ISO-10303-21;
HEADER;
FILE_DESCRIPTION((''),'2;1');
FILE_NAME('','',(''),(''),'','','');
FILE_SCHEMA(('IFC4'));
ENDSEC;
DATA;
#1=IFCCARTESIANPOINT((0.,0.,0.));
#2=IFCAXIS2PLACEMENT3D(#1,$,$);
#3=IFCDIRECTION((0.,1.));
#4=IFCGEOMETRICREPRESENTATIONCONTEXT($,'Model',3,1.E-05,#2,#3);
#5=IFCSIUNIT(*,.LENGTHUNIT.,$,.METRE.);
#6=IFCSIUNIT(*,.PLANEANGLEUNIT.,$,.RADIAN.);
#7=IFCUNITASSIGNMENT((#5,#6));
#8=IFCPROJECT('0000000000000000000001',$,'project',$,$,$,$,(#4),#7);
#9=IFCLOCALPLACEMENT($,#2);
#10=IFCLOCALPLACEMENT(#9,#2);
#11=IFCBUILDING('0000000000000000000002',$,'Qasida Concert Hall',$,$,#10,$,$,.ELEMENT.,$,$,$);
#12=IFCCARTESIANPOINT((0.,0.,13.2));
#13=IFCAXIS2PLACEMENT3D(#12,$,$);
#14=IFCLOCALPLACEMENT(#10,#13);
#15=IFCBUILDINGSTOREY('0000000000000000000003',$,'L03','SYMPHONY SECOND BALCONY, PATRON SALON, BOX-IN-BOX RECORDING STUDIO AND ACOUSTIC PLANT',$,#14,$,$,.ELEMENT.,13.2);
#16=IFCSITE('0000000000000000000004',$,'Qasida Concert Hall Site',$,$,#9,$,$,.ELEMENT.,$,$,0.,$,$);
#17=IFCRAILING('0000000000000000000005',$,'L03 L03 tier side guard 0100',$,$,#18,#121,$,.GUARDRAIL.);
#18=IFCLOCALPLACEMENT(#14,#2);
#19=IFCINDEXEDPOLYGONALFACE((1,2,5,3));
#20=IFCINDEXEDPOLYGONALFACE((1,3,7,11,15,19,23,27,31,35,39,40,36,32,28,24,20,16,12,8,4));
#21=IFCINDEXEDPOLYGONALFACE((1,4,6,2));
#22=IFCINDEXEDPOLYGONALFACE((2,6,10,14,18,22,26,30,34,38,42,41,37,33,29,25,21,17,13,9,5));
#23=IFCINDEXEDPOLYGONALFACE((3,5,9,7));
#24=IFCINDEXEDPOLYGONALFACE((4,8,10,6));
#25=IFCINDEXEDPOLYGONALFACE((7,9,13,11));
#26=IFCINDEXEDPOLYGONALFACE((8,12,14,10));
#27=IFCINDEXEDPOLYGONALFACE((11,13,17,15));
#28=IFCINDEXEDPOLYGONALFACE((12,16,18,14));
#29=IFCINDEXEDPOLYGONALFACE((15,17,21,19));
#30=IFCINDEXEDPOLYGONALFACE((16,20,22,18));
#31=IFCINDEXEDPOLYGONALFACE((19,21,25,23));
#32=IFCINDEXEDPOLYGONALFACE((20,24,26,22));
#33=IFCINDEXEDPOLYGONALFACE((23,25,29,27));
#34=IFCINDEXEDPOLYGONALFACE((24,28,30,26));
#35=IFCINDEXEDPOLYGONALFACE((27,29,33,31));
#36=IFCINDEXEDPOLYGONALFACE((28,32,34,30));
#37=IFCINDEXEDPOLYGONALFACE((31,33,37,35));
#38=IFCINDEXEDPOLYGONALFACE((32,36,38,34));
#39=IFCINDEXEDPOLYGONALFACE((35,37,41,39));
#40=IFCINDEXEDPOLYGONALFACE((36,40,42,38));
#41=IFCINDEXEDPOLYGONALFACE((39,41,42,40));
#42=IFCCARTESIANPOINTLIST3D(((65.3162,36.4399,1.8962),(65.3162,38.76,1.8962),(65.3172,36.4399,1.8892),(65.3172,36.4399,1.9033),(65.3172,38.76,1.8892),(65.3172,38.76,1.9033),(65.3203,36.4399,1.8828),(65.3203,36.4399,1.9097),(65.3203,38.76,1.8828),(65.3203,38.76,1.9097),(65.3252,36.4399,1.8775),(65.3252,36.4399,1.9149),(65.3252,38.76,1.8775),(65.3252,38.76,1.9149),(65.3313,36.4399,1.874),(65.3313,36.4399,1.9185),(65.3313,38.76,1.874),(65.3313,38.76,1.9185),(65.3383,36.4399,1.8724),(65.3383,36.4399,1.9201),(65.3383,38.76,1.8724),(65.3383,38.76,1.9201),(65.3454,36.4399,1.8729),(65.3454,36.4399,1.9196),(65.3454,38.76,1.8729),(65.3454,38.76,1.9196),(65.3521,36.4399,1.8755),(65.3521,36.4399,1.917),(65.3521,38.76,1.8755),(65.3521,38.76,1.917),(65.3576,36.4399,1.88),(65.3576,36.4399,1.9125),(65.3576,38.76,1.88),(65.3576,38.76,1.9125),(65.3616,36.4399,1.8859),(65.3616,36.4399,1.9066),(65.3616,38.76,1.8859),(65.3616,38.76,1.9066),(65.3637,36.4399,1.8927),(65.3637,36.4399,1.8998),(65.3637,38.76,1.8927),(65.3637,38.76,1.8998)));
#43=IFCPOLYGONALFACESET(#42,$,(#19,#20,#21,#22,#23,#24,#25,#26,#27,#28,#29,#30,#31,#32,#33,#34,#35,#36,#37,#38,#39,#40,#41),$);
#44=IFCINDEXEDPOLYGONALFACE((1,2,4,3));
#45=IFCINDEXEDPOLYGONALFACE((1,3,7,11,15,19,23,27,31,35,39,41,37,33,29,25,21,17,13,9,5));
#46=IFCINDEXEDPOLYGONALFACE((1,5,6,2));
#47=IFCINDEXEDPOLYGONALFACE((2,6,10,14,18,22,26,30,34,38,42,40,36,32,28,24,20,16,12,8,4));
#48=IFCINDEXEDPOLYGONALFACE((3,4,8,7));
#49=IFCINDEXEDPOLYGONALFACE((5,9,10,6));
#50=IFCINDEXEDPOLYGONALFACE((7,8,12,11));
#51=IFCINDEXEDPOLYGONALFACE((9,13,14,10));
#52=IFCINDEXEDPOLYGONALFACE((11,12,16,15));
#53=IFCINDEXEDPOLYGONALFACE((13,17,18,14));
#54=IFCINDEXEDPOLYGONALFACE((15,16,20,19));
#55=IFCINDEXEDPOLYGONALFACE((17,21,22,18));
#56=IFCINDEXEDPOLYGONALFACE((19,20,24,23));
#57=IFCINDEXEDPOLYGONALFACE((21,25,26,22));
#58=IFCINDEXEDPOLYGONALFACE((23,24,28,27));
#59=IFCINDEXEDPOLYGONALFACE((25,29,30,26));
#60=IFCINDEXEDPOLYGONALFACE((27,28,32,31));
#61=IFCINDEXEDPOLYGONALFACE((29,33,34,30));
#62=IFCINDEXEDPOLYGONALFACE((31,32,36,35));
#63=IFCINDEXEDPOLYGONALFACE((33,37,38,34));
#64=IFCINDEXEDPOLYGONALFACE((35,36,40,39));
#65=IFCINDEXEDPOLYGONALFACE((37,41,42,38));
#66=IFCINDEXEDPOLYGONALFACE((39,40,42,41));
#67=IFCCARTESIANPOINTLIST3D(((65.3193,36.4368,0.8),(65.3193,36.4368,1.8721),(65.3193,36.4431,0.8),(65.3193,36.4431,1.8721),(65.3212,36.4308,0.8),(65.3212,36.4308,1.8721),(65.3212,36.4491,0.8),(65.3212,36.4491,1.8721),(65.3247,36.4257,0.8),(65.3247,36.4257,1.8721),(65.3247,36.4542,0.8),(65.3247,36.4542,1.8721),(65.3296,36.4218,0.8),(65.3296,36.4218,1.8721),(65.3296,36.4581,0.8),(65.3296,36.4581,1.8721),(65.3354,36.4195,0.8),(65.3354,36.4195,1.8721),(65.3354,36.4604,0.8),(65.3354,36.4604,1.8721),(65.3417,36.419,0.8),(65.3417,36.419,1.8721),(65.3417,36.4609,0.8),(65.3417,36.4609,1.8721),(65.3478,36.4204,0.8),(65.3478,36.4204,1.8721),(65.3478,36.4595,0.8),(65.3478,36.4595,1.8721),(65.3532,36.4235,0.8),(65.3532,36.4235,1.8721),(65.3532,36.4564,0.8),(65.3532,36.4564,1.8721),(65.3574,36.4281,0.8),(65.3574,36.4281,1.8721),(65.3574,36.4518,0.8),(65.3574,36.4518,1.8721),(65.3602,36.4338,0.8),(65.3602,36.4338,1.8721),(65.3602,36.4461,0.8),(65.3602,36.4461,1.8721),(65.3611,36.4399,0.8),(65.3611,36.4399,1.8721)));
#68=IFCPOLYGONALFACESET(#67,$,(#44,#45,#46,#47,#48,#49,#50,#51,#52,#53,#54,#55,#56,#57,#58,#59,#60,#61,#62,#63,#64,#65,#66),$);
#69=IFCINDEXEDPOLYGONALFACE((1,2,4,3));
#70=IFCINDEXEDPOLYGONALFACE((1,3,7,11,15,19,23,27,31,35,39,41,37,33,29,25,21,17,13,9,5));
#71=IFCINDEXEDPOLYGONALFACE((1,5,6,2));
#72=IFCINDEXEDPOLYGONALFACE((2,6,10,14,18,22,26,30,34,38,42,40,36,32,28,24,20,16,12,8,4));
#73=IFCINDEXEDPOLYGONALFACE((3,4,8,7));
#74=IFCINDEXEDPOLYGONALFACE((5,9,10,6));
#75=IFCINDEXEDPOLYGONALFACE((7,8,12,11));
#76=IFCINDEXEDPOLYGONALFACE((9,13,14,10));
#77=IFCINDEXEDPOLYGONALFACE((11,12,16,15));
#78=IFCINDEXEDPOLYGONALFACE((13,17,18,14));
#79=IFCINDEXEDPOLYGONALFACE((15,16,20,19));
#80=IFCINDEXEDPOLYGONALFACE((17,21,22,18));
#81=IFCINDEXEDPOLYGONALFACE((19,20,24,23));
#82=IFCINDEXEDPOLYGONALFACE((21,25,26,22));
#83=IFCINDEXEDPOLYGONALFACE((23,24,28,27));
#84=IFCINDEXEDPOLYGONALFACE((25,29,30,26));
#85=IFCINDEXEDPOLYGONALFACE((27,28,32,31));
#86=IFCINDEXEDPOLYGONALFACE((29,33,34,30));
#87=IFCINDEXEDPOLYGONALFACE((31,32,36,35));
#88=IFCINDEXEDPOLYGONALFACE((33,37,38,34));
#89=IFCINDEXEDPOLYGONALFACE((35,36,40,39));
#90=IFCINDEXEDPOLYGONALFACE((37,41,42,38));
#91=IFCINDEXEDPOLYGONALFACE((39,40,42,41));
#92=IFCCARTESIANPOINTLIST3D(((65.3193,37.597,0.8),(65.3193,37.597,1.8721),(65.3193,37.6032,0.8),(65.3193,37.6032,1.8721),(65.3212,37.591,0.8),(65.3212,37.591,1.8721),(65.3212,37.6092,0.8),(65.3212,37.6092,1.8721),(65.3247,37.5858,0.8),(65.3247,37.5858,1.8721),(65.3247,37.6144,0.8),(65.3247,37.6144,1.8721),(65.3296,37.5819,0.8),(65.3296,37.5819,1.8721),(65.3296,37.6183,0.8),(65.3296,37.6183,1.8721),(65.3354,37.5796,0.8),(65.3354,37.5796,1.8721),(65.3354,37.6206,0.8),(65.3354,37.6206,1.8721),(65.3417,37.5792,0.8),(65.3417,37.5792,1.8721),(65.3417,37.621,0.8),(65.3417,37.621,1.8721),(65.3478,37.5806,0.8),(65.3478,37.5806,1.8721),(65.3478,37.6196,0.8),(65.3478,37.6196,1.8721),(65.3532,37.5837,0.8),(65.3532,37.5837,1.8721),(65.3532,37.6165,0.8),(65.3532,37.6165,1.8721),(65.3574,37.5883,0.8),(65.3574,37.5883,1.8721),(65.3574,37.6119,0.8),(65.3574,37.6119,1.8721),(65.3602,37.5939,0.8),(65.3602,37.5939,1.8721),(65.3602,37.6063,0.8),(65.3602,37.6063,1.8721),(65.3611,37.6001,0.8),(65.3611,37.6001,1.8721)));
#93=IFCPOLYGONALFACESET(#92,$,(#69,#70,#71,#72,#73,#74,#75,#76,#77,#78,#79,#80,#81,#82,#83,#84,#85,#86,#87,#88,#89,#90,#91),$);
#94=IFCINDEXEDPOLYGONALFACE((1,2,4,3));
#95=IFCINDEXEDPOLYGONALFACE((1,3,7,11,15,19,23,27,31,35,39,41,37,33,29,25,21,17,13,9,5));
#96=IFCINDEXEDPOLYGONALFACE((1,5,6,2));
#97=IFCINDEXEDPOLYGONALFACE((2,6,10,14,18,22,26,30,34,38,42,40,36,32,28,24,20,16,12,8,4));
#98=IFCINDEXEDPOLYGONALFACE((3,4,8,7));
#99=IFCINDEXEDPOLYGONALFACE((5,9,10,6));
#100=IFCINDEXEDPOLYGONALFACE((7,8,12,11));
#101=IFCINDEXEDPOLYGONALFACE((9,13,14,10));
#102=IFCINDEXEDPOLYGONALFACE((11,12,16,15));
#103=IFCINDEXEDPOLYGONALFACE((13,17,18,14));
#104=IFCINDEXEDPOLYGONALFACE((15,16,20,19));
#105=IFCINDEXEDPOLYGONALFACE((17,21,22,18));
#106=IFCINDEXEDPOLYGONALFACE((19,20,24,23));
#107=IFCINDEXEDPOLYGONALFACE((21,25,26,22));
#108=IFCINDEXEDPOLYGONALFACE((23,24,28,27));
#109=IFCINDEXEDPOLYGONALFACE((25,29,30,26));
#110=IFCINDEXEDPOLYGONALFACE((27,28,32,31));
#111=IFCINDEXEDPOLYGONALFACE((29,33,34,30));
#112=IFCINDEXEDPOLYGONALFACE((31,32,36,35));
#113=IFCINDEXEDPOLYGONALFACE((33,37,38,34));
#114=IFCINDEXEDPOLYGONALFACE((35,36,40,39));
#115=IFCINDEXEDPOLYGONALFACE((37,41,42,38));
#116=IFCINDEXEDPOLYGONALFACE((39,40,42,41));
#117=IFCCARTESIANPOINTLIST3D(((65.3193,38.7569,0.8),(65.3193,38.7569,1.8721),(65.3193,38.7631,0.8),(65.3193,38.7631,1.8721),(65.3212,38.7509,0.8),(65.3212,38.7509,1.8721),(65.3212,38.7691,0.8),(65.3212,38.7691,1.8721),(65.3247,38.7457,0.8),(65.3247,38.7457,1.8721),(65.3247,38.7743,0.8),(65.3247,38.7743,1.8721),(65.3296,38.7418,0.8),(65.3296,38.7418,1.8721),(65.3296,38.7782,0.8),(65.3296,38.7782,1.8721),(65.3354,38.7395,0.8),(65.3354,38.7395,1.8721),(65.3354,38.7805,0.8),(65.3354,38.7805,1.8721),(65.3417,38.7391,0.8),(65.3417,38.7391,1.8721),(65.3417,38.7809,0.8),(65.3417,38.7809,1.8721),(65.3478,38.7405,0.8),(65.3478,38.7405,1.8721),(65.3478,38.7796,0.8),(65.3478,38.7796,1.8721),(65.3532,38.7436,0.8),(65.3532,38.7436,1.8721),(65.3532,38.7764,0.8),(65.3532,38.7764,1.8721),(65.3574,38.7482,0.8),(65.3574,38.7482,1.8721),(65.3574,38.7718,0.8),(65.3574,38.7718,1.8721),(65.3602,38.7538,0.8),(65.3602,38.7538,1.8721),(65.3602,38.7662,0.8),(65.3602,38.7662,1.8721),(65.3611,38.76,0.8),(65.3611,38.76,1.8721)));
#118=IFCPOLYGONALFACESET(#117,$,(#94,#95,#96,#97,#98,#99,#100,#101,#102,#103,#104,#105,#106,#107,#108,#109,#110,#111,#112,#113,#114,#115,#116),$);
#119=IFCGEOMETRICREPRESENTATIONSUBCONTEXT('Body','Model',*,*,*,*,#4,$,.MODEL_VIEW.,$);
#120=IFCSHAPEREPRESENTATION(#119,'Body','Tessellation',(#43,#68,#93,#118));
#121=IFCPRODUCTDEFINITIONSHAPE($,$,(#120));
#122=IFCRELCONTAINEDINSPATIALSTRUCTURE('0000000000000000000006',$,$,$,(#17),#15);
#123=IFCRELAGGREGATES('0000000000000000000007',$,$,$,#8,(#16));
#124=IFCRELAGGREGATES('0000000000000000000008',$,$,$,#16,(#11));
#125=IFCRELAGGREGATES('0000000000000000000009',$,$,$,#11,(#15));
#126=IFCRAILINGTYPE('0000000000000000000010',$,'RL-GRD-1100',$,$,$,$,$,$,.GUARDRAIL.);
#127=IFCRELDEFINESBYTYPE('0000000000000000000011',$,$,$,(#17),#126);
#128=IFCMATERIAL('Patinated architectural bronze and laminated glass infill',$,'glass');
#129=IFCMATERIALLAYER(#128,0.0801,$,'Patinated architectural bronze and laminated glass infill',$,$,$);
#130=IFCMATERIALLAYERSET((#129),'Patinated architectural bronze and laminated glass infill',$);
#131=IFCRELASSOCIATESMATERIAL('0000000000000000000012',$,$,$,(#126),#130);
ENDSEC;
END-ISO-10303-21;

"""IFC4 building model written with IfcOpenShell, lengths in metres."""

from ifc_helpers import new_model, si_unit, direction, frame, origin, origin_2d, place, context, subcontext, project, spatial, circle, extrude, material, layer, layer_set, type_object, element, save


model = new_model("IFC4")

# Units and contexts
model_context = context("Model", 3, precision=1e-05, world=origin(), true_north=direction((0.0, 1.0)))
body_context = subcontext(model_context, "Body", "Model", "MODEL_VIEW")
ifc_project = project(units=[si_unit("LENGTHUNIT", "METRE"), si_unit("PLANEANGLEUNIT", "RADIAN")], contexts=[model_context])

# Site, building, storey
site_placement = place(None, origin())
site = spatial("IfcSite", under=ifc_project, at=site_placement, Name="Qasida Concert Hall Site", CompositionType="ELEMENT", RefElevation=0.0)
building_placement = place(site_placement, origin())
building = spatial("IfcBuilding", under=site, at=building_placement, Name="Qasida Concert Hall", CompositionType="ELEMENT")
storey_placement = place(building_placement, frame((0.0, 0.0, 13.2)))
storey = spatial("IfcBuildingStorey", under=building, at=storey_placement, Name="L03", Description="SYMPHONY SECOND BALCONY, PATRON SALON, BOX-IN-BOX RECORDING STUDIO AND ACOUSTIC PLANT", CompositionType="ELEMENT", Elevation=13.2)

# Railing
ifc_material_1 = material(Name="Patinated architectural bronze and laminated glass infill", Category="glass")
ifc_layer_1 = layer(ifc_material_1, 0.0801, Name="Patinated architectural bronze and laminated glass infill")
ifc_layer_set_1 = layer_set([ifc_layer_1], Name="Patinated architectural bronze and laminated glass infill")
railing_type_1 = type_object("IfcRailingType", Name="RL-GRD-1100", PredefinedType="GUARDRAIL", material=ifc_layer_set_1)
for number, where, name in (
    (1, (65.3401, 36.4399, 0.8), "L03 L03 tier side guard 0100"),
):
    element("IfcRailing", number, at=place(storey_placement, frame(where)), inside=storey, type_object=railing_type_1, Name=name, PredefinedType="GUARDRAIL", context=body_context, shape_type="SweptSolid", body=[
        extrude(circle(Radius=0.0239, at=origin_2d()), frame((0.0, 0.0, 1.0962), z_axis=(0.0, 1.0, 0.0), x_axis=(-1.0, 0.0, 0.0)), (0.0, 0.0, 1.0), 2.3201),
        extrude(circle(Radius=0.021, at=origin_2d()), origin(), (0.0, 0.0, 1.0), 1.072),
        extrude(circle(Radius=0.021, at=origin_2d()), frame((0.0, 1.1602, 0.0)), (0.0, 0.0, 1.0), 1.072),
        extrude(circle(Radius=0.021, at=origin_2d()), frame((0.0, 2.3201, 0.0)), (0.0, 0.0, 1.0), 1.072),
    ])

save(model, "model.ifc")
